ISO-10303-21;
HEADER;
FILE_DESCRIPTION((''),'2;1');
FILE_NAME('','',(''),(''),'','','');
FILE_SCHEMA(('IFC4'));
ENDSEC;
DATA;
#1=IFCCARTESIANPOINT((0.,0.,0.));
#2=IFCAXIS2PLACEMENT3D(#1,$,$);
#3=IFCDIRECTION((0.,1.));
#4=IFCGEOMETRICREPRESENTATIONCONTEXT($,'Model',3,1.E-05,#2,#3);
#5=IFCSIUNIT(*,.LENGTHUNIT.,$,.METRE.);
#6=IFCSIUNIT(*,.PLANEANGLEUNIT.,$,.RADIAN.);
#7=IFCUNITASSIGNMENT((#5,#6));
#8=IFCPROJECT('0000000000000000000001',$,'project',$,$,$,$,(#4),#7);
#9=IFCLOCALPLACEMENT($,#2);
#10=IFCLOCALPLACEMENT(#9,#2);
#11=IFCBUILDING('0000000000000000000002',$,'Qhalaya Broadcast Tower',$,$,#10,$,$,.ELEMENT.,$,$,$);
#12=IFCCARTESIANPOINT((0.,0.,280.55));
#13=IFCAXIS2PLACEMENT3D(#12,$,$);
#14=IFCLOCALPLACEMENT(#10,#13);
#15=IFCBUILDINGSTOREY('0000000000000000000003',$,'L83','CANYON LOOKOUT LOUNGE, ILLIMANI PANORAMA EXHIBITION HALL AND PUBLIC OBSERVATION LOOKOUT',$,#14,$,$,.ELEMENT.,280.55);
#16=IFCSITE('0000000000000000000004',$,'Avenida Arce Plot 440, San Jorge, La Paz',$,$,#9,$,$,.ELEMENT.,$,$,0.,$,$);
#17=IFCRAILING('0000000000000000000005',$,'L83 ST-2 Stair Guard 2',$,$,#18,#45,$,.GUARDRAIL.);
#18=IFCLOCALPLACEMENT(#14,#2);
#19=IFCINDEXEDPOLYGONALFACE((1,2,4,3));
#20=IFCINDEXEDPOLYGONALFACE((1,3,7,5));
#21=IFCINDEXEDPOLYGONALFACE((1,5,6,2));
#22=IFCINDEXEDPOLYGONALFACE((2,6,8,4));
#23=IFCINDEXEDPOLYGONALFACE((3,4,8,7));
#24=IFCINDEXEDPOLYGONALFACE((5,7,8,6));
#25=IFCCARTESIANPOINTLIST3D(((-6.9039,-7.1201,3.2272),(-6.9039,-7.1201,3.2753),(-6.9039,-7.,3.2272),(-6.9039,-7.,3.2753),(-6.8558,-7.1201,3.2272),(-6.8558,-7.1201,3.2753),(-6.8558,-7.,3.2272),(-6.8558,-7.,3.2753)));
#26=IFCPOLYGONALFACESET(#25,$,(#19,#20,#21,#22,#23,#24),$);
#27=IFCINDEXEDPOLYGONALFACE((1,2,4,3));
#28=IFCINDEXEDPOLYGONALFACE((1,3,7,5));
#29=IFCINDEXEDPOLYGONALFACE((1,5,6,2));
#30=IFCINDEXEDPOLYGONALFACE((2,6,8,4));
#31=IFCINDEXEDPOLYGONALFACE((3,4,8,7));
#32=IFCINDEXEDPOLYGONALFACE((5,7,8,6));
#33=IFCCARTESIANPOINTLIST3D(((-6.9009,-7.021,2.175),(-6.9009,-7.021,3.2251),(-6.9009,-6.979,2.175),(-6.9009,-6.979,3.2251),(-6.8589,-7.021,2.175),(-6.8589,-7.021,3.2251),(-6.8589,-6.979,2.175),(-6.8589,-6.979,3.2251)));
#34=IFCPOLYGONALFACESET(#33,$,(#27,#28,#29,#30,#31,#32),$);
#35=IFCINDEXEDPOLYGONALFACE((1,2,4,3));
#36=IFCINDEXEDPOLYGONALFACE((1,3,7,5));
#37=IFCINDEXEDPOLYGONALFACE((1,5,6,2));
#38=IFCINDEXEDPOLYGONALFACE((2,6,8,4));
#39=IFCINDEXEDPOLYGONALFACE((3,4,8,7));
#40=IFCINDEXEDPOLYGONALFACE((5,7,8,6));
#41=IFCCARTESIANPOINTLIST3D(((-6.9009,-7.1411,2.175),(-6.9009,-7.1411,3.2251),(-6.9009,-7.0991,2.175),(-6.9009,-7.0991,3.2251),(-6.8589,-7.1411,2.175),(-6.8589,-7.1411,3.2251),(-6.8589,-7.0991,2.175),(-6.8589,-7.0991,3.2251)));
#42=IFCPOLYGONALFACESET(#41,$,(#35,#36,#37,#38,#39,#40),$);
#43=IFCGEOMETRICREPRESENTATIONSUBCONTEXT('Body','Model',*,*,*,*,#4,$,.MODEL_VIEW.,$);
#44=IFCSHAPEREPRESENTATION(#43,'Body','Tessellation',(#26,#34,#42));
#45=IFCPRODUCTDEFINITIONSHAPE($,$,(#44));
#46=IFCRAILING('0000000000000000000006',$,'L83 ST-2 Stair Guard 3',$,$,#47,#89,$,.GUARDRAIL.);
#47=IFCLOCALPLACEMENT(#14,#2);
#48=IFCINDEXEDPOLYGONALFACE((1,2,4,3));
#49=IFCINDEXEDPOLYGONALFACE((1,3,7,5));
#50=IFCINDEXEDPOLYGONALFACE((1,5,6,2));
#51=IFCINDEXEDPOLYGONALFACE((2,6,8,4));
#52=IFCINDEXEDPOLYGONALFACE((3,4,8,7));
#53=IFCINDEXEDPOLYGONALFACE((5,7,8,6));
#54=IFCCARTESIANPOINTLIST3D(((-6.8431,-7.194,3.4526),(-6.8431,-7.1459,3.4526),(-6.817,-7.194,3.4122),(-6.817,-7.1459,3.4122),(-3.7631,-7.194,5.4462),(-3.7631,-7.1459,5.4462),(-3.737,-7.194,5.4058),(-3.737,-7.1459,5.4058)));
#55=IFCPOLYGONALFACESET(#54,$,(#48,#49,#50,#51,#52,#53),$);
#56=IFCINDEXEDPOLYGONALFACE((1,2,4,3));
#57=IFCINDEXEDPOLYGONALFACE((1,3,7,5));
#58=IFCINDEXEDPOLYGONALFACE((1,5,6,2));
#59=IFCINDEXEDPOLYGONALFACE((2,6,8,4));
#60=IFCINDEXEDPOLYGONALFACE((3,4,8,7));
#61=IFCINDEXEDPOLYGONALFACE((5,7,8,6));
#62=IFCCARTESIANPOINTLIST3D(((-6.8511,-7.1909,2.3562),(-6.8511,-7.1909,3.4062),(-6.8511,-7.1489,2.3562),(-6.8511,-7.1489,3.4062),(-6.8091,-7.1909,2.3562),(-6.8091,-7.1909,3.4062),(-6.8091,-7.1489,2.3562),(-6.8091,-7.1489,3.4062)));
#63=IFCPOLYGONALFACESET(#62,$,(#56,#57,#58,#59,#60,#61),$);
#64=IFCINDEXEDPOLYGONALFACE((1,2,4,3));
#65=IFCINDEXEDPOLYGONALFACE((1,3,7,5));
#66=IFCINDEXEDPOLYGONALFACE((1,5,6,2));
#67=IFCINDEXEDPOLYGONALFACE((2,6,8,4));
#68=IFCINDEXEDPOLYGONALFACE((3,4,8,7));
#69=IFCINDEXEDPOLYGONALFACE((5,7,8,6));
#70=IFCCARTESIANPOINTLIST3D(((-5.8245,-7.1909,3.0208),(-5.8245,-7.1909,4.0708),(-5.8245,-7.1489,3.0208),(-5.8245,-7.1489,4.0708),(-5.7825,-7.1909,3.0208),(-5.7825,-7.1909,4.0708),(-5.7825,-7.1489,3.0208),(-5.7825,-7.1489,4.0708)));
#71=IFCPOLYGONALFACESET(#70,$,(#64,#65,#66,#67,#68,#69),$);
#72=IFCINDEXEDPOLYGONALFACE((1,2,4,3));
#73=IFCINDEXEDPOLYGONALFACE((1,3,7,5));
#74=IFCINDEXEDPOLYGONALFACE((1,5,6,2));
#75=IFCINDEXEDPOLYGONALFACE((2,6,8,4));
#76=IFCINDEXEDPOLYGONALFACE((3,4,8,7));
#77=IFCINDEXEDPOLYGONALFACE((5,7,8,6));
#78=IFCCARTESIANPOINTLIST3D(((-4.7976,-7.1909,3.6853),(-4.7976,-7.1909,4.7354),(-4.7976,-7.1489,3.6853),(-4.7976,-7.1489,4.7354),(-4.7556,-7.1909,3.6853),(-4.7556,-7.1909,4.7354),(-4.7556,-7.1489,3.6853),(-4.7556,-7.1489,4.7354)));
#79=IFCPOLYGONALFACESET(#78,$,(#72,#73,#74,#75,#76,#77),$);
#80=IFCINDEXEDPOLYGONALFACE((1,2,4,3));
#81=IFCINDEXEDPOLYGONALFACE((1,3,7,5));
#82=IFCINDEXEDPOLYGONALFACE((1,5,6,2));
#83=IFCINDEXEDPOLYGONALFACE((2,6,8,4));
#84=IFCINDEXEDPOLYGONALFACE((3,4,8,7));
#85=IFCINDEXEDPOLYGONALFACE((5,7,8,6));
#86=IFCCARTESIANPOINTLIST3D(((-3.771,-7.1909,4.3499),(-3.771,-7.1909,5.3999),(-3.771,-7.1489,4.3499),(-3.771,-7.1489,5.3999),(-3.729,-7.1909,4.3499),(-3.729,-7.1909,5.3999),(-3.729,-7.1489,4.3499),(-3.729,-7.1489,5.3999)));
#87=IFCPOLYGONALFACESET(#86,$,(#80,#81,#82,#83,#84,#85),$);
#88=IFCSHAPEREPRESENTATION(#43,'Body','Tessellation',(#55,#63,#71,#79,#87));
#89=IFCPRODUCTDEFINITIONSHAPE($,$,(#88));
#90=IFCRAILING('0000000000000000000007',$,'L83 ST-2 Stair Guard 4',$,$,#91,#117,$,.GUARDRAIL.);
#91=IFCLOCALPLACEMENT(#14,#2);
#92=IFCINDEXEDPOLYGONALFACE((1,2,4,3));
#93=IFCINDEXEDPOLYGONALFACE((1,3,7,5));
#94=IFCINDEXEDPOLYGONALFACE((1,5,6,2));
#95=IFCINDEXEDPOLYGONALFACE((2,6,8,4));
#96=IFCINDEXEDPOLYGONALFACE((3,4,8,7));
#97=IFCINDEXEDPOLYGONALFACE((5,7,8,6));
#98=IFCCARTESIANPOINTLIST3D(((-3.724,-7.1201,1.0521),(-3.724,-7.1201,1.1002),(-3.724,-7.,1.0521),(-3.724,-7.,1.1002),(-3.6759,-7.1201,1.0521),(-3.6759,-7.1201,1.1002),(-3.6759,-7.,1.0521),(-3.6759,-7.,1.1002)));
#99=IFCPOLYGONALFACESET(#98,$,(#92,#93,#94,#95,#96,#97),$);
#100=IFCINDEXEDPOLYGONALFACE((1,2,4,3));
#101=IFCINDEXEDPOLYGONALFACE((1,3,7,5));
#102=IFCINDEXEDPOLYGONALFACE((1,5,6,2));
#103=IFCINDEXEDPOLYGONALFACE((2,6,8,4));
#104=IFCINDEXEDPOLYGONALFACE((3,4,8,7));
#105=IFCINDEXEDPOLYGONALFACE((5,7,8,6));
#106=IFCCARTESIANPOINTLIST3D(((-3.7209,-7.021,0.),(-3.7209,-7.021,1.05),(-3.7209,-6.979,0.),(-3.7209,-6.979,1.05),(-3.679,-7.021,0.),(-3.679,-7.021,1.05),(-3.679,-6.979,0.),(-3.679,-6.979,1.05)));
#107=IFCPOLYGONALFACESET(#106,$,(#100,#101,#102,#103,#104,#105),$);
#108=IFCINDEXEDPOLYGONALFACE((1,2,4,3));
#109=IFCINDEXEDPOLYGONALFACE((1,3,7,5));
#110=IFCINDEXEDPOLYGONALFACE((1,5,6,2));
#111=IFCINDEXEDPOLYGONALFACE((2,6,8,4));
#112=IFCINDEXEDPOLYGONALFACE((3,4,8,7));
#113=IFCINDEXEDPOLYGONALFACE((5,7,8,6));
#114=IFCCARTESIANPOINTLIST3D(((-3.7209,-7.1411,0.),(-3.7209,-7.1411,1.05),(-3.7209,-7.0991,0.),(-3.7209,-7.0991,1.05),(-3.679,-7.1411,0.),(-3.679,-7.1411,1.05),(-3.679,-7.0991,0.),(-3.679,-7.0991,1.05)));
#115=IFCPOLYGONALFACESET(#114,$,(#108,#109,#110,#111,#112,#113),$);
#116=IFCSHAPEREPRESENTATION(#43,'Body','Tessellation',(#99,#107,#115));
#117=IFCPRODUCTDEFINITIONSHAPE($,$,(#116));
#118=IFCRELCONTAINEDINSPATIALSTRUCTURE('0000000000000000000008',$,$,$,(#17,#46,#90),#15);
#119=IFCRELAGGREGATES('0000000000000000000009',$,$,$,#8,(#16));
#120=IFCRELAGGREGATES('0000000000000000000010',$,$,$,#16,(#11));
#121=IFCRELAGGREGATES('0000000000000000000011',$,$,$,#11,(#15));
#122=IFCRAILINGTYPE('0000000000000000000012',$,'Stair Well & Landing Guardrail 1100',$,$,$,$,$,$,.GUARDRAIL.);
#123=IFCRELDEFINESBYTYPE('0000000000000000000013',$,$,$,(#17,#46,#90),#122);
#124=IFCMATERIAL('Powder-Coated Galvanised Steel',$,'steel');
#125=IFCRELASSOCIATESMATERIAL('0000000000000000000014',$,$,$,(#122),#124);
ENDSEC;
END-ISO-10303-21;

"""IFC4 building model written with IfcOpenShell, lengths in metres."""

from ifc_helpers import new_model, si_unit, direction, frame, origin, origin_2d, place, context, subcontext, project, spatial, rectangle, extrude, material, type_object, element, save


model = new_model("IFC4")

# Units and contexts
model_context = context("Model", 3, precision=1e-05, world=origin(), true_north=direction((0.0, 1.0)))
body_context = subcontext(model_context, "Body", "Model", "MODEL_VIEW")
ifc_project = project(units=[si_unit("LENGTHUNIT", "METRE"), si_unit("PLANEANGLEUNIT", "RADIAN")], contexts=[model_context])

# Site, building, storey
site_placement = place(None, origin())
site = spatial("IfcSite", under=ifc_project, at=site_placement, Name="Avenida Arce Plot 440, San Jorge, La Paz", CompositionType="ELEMENT", RefElevation=0.0)
building_placement = place(site_placement, origin())
building = spatial("IfcBuilding", under=site, at=building_placement, Name="Qhalaya Broadcast Tower", CompositionType="ELEMENT")
storey_placement = place(building_placement, frame((0.0, 0.0, 280.55)))
storey = spatial("IfcBuildingStorey", under=building, at=storey_placement, Name="L83", Description="CANYON LOOKOUT LOUNGE, ILLIMANI PANORAMA EXHIBITION HALL AND PUBLIC OBSERVATION LOOKOUT", CompositionType="ELEMENT", Elevation=280.55)

# Railings
ifc_material_1 = material(Name="Powder-Coated Galvanised Steel", Category="steel")
railing_type_1 = type_object("IfcRailingType", Name="Stair Well & Landing Guardrail 1100", PredefinedType="GUARDRAIL", material=ifc_material_1)
railing_1_placement = place(storey_placement, frame((-6.8799, -7.0, 2.175)))
element("IfcRailing", 1, at=railing_1_placement, inside=storey, type_object=railing_type_1, Name="L83 ST-2 Stair Guard 2", PredefinedType="GUARDRAIL", context=body_context, shape_type="SweptSolid", body=[
    extrude(rectangle(XDim=0.0481, YDim=0.0481, at=origin_2d()), frame((0.0, 0.0, 1.0762), z_axis=(0.0, -1.0, 0.0), x_axis=(1.0, 0.0, 0.0)), (0.0, 0.0, 1.0), 0.1201),
    extrude(rectangle(XDim=0.042, YDim=0.042, at=origin_2d()), origin(), (0.0, 0.0, 1.0), 1.05),
    extrude(rectangle(XDim=0.042, YDim=0.042, at=origin_2d()), frame((0.0, -0.1201, 0.0)), (0.0, 0.0, 1.0), 1.05),
])
railing_2_placement = place(storey_placement, frame((-6.8301, -7.1699, 2.3562)))
element("IfcRailing", 2, at=railing_2_placement, inside=storey, type_object=railing_type_1, Name="L83 ST-2 Stair Guard 3", PredefinedType="GUARDRAIL", context=body_context, shape_type="SweptSolid", body=[
    extrude(rectangle(XDim=0.0481, YDim=0.0481, at=origin_2d()), frame((0.0, 0.0, 1.0762), z_axis=(0.839488, 0.0, 0.543378), x_axis=(0.0, 1.0, 0.0)), (0.0, 0.0, 1.0), 3.6689),
    extrude(rectangle(XDim=0.042, YDim=0.042, at=origin_2d()), origin(), (0.0, 0.0, 1.0), 1.05),
    extrude(rectangle(XDim=0.042, YDim=0.042, at=origin_2d()), frame((1.0266, 0.0, 0.6646)), (0.0, 0.0, 1.0), 1.05),
    extrude(rectangle(XDim=0.042, YDim=0.042, at=origin_2d()), frame((2.0535, 0.0, 1.3291)), (0.0, 0.0, 1.0), 1.05),
    extrude(rectangle(XDim=0.042, YDim=0.042, at=origin_2d()), frame((3.0801, 0.0, 1.9937)), (0.0, 0.0, 1.0), 1.05),
])
railing_3_placement = place(storey_placement, frame((-3.7, -7.0, 0.0)))
element("IfcRailing", 3, at=railing_3_placement, inside=storey, type_object=railing_type_1, Name="L83 ST-2 Stair Guard 4", PredefinedType="GUARDRAIL", context=body_context, shape_type="SweptSolid", body=[
    extrude(rectangle(XDim=0.0481, YDim=0.0481, at=origin_2d()), frame((0.0, 0.0, 1.0762), z_axis=(0.0, -1.0, 0.0), x_axis=(1.0, 0.0, 0.0)), (0.0, 0.0, 1.0), 0.1201),
    extrude(rectangle(XDim=0.042, YDim=0.042, at=origin_2d()), origin(), (0.0, 0.0, 1.0), 1.05),
    extrude(rectangle(XDim=0.042, YDim=0.042, at=origin_2d()), frame((0.0, -0.1201, 0.0)), (0.0, 0.0, 1.0), 1.05),
])

save(model, "model.ifc")
